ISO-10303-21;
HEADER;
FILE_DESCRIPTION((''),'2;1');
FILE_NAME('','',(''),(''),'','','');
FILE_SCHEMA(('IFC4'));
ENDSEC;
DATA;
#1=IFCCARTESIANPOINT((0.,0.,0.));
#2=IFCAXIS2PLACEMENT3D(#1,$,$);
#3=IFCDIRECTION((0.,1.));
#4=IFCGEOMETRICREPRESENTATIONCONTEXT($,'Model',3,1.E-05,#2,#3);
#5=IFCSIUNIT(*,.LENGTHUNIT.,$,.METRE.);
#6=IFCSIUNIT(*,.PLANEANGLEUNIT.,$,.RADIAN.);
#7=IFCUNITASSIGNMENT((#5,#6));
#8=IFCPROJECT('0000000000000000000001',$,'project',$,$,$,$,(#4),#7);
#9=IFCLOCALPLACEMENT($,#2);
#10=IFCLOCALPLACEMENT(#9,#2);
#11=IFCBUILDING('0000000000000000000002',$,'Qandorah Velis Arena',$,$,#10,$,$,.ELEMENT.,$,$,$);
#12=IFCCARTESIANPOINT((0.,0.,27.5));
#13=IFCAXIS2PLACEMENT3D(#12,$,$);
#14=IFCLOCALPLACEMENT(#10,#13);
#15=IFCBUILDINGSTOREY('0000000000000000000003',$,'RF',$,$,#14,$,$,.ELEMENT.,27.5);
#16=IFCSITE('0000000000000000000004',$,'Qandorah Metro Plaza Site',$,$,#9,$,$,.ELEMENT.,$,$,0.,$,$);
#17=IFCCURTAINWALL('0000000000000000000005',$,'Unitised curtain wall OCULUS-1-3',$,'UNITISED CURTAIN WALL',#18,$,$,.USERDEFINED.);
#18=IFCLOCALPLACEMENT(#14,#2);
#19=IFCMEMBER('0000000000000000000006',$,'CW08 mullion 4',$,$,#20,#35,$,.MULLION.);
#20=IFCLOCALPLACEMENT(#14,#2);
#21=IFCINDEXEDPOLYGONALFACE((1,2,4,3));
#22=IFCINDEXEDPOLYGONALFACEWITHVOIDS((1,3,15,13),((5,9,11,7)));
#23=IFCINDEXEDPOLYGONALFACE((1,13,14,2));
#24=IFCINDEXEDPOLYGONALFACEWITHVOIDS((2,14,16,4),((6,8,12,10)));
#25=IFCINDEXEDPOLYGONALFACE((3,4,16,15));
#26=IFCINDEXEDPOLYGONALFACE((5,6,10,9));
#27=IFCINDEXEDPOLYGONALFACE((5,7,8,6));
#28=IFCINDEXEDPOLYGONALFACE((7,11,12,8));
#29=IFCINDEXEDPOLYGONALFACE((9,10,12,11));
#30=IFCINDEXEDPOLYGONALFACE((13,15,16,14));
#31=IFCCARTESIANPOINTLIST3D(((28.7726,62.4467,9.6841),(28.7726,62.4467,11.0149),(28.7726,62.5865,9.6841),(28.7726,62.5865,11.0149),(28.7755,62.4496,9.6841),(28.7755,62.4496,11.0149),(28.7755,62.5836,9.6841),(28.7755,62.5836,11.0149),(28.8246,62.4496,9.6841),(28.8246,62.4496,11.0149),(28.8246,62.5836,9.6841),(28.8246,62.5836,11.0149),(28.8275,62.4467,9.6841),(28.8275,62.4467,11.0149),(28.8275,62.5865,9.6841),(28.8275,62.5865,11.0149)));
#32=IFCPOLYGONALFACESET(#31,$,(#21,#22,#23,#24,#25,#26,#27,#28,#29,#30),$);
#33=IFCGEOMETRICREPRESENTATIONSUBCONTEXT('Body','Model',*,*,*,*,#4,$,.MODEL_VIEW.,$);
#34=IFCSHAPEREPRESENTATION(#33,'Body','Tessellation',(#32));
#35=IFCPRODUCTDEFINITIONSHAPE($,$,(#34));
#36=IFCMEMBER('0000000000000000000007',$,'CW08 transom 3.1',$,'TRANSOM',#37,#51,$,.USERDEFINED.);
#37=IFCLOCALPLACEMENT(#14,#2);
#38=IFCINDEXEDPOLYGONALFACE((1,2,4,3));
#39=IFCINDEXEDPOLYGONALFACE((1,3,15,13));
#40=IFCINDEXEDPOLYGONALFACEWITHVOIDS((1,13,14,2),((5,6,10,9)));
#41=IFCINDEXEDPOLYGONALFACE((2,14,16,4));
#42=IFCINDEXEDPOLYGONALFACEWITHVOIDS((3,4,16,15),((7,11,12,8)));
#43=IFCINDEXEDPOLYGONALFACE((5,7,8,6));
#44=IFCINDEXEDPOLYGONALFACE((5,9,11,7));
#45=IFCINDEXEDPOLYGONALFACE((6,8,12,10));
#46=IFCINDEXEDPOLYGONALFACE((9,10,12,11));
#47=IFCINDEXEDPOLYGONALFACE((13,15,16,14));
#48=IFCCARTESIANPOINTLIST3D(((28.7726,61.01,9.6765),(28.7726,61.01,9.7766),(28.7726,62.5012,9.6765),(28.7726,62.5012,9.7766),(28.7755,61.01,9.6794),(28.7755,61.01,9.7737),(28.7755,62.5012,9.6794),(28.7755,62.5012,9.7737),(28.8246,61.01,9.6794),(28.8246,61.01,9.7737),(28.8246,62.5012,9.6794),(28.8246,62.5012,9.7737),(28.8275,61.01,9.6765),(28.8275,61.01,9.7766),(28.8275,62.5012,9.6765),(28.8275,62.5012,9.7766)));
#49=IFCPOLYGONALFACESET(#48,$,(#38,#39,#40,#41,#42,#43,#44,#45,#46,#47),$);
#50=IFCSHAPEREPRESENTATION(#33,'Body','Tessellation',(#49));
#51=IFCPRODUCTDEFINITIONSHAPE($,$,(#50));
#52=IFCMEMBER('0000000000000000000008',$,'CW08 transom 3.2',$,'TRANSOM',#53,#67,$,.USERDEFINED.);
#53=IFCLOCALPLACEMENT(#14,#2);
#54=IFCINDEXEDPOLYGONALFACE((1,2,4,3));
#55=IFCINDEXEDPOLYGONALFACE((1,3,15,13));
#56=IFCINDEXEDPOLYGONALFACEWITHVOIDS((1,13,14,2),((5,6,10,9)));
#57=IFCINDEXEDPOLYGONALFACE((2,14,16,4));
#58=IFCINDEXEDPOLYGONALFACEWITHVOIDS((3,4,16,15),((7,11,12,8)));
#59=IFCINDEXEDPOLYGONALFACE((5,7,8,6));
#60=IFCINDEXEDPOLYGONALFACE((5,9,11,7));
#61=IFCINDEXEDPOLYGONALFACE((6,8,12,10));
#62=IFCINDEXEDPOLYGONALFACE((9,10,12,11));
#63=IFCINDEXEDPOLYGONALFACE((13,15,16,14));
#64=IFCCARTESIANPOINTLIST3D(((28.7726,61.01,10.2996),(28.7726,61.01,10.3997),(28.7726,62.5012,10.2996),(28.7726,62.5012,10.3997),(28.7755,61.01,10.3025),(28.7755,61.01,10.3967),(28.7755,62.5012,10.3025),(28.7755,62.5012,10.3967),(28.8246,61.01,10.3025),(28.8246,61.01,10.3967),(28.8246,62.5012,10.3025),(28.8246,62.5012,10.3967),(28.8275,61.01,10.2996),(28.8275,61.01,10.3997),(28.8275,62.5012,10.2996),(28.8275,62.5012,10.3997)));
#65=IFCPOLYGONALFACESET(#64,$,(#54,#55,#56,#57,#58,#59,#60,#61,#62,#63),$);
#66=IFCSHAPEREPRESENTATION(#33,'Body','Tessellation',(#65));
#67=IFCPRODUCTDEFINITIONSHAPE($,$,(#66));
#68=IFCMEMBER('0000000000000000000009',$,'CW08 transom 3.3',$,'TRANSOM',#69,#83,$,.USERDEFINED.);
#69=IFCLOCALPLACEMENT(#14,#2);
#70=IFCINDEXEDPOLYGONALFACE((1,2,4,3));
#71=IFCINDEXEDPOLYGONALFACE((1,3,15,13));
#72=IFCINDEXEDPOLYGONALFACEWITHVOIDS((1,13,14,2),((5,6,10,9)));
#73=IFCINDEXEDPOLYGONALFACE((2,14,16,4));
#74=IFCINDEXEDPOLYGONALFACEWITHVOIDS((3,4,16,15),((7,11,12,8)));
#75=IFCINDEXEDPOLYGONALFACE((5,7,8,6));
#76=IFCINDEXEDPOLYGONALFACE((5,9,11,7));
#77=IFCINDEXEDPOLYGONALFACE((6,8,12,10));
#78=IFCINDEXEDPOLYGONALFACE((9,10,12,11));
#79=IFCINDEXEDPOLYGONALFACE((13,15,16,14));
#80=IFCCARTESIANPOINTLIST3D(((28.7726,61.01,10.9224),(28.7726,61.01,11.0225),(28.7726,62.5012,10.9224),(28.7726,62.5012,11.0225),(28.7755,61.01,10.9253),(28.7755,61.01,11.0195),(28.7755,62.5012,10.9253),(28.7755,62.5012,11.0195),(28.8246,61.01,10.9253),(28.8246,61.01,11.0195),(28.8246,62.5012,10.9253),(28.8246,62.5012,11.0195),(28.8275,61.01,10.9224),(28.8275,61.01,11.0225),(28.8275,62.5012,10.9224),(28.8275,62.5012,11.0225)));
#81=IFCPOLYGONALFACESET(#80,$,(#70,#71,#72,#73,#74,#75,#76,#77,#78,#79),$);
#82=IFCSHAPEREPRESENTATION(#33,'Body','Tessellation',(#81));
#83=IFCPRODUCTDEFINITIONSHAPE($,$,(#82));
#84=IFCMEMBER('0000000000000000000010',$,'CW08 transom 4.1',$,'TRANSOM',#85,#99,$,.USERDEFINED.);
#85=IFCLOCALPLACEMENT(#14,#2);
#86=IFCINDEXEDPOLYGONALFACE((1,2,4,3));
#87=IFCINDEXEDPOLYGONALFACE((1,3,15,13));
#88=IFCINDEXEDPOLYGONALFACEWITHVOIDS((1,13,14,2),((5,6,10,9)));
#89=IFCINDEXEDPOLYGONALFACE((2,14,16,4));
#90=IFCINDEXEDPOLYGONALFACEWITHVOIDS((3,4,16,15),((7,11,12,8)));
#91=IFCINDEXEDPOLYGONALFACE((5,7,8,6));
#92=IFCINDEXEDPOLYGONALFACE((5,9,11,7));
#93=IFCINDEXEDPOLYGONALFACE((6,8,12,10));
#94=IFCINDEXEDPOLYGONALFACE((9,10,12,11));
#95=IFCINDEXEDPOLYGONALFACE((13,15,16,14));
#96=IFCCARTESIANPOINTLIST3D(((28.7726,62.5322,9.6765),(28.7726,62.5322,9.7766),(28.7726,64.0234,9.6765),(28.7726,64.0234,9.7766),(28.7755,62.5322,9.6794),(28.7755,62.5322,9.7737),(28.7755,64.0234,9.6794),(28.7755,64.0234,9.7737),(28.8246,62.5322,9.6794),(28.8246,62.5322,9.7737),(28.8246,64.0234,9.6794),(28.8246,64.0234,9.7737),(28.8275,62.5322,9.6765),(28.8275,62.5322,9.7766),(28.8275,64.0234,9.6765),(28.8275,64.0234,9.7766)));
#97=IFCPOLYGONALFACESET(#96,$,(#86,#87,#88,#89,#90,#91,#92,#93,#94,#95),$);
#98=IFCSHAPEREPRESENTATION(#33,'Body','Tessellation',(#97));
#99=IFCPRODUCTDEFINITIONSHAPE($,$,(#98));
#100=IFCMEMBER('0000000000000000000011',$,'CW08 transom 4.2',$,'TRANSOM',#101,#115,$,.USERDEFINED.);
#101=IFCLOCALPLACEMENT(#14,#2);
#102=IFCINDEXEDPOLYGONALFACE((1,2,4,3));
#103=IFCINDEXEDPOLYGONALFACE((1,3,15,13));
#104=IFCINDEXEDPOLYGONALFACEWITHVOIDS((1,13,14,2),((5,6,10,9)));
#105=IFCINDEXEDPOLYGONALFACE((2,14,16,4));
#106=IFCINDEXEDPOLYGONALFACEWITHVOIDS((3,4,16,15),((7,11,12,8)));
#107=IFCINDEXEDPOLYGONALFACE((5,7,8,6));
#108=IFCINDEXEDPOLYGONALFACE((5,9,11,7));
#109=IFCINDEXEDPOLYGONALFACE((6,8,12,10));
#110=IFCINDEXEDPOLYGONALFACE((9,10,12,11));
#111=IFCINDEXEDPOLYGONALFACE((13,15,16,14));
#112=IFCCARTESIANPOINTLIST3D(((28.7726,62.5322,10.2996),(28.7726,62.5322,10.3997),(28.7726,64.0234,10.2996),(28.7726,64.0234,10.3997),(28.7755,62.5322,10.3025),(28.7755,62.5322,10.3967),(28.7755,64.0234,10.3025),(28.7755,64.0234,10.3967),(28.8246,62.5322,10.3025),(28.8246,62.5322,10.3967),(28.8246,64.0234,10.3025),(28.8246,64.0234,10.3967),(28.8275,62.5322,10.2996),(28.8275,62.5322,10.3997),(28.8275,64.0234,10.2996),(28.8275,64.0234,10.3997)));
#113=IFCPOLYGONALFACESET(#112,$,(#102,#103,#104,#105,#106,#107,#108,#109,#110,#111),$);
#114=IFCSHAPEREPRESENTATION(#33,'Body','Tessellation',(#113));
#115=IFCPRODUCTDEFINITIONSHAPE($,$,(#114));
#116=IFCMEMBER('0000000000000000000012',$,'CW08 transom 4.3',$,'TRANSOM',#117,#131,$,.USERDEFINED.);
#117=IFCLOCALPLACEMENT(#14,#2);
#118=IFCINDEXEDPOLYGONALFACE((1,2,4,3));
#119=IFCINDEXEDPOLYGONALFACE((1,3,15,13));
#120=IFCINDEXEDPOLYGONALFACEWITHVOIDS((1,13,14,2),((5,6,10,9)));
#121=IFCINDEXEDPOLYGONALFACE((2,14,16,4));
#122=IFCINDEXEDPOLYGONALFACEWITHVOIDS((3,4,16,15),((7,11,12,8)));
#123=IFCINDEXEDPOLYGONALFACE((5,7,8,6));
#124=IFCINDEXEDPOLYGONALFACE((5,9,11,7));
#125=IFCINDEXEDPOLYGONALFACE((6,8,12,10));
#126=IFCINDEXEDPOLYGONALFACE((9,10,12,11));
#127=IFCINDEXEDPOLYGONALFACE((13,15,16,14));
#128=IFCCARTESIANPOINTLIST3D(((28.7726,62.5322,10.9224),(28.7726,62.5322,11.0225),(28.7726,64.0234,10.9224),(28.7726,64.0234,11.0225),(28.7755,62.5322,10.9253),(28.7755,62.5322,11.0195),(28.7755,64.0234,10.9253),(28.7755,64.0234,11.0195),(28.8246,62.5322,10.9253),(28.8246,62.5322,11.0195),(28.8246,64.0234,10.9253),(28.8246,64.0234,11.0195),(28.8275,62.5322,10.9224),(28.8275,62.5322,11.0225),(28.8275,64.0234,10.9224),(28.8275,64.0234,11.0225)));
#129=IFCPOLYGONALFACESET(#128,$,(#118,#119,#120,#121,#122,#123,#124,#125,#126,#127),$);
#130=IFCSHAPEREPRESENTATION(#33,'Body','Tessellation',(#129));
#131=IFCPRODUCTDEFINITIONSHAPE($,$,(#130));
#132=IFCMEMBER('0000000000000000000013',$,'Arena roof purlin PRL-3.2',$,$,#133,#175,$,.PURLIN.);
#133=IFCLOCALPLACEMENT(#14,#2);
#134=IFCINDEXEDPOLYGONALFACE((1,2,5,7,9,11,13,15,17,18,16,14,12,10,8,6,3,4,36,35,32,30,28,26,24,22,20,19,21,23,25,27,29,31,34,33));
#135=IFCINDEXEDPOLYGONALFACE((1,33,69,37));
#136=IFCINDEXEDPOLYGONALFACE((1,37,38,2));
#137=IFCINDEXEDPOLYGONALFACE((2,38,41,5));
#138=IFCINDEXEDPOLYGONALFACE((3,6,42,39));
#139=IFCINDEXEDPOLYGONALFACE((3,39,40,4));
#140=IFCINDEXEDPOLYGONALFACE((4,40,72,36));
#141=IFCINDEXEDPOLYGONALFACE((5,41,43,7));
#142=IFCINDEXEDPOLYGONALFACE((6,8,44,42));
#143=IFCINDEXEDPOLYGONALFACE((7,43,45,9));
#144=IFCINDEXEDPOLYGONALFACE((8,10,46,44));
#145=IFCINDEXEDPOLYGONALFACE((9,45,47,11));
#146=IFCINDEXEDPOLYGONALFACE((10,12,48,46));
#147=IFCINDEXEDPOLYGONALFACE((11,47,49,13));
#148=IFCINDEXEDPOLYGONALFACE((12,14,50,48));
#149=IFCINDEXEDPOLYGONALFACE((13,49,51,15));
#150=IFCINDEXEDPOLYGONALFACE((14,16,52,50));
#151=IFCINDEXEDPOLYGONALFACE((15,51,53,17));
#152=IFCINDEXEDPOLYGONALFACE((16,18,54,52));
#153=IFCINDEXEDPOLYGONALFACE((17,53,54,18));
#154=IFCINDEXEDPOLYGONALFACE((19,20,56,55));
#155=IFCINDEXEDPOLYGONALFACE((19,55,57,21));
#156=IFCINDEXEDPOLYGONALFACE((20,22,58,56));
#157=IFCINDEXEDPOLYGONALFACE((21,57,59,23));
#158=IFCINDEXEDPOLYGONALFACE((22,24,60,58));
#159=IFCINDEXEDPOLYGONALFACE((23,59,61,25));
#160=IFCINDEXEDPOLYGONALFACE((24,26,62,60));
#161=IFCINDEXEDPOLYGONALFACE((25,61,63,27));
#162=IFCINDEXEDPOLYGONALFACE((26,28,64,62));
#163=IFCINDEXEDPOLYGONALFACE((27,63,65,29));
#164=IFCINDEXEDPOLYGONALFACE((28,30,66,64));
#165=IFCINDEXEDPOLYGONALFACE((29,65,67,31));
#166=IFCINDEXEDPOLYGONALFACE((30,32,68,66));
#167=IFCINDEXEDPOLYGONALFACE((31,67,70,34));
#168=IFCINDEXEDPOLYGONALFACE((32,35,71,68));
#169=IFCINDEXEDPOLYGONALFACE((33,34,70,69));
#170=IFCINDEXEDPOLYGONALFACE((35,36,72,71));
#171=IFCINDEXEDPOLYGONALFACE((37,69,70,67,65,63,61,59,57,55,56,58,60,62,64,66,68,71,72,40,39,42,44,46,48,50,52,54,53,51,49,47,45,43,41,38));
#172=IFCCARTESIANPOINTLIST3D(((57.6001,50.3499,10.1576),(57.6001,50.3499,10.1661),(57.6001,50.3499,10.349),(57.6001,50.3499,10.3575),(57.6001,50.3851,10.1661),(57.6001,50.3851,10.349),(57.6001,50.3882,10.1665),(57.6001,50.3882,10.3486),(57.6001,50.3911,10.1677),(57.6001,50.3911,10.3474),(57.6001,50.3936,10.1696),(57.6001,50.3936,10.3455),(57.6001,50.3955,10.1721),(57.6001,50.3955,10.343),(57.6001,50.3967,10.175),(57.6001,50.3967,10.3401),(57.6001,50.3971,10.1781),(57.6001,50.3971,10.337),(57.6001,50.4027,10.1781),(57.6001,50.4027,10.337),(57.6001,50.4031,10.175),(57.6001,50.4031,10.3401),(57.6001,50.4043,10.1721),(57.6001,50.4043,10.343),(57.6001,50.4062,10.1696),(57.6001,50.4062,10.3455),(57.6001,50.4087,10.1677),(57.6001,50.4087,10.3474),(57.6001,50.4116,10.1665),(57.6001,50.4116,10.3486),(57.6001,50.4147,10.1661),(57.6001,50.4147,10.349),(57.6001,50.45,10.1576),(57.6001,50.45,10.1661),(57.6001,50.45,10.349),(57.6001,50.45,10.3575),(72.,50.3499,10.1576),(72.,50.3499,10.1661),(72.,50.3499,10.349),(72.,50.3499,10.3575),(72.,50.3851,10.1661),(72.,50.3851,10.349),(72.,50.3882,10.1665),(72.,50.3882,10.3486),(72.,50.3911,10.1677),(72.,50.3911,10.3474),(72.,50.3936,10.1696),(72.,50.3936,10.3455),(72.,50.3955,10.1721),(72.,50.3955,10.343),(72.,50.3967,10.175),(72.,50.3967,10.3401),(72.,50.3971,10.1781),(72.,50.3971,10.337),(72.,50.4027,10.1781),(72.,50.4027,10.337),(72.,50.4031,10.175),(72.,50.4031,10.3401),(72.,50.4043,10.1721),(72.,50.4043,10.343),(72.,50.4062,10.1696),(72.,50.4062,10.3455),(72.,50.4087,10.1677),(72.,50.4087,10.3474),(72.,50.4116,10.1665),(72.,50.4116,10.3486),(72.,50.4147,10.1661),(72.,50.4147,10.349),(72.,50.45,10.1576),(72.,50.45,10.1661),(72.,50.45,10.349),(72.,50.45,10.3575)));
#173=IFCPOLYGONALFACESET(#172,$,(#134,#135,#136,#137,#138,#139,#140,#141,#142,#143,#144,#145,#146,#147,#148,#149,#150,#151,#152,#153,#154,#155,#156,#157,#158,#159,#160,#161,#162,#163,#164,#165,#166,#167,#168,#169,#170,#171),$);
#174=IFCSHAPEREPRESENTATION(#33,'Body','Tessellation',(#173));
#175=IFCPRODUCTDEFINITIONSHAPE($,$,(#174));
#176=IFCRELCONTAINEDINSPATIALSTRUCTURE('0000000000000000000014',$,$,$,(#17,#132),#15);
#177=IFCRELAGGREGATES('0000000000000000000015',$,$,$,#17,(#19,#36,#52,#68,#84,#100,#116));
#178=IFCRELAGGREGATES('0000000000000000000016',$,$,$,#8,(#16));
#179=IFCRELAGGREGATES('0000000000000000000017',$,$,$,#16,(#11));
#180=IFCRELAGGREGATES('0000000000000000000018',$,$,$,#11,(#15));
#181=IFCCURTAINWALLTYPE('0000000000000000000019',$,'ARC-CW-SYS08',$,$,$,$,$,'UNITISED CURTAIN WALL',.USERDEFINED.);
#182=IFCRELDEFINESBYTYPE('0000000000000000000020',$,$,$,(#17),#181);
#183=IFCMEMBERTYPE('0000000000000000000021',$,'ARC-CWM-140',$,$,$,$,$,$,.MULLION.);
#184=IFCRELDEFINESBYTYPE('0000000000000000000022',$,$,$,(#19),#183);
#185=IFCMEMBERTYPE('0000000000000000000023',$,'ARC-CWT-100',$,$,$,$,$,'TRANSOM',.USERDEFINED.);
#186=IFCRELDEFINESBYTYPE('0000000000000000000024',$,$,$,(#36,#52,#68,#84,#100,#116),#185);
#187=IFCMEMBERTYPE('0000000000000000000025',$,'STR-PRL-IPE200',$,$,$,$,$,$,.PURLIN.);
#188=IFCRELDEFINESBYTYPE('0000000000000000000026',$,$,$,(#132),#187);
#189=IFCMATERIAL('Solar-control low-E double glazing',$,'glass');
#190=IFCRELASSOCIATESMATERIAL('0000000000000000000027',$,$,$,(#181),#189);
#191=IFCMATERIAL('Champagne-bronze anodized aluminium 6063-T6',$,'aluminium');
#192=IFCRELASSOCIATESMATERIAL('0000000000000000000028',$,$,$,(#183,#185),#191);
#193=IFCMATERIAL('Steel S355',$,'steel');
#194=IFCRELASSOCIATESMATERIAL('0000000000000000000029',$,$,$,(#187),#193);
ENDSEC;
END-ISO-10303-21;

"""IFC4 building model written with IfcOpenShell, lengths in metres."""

from ifc_helpers import new_model, si_unit, direction, frame, origin, origin_2d, place, context, subcontext, project, spatial, hollow_rectangle, i_section, extrude, material, material_profile, profile_set, type_object, element, aggregate, save


model = new_model("IFC4")

# Units and contexts
model_context = context("Model", 3, precision=1e-05, world=origin(), true_north=direction((0.0, 1.0)))
body_context = subcontext(model_context, "Body", "Model", "MODEL_VIEW")
ifc_project = project(units=[si_unit("LENGTHUNIT", "METRE"), si_unit("PLANEANGLEUNIT", "RADIAN")], contexts=[model_context])

# Site, building, storey
site_placement = place(None, origin())
site = spatial("IfcSite", under=ifc_project, at=site_placement, Name="Qandorah Metro Plaza Site", CompositionType="ELEMENT", RefElevation=0.0)
building_placement = place(site_placement, origin())
building = spatial("IfcBuilding", under=site, at=building_placement, Name="Qandorah Velis Arena", CompositionType="ELEMENT")
storey_placement = place(building_placement, frame((0.0, 0.0, 27.5)))
storey = spatial("IfcBuildingStorey", under=building, at=storey_placement, Name="RF", CompositionType="ELEMENT", Elevation=27.5)

# Curtain wall, members
ifc_material_1 = material(Name="Solar-control low-E double glazing", Category="glass")
curtain_wall_type = type_object("IfcCurtainWallType", Name="ARC-CW-SYS08", ElementType="UNITISED CURTAIN WALL", PredefinedType="USERDEFINED", material=ifc_material_1)
curtain_wall_placement = place(storey_placement, origin())
curtain_wall = element("IfcCurtainWall", 1, at=curtain_wall_placement, inside=storey, type_object=curtain_wall_type, Name="Unitised curtain wall OCULUS-1-3", ObjectType="UNITISED CURTAIN WALL", PredefinedType="USERDEFINED")
ifc_material_2 = material(Name="Champagne-bronze anodized aluminium 6063-T6", Category="aluminium")
ifc_material_profile_1 = material_profile(ifc_material_2, hollow_rectangle(XDim=0.0549, YDim=0.1399, WallThickness=0.0029, at=origin_2d()), Name="ALU MULLION 55x140")
ifc_profile_set_1 = profile_set([ifc_material_profile_1], Name="Champagne-bronze anodized aluminium 6063-T6")
member_type_1 = type_object("IfcMemberType", Name="ARC-CWM-140", PredefinedType="MULLION", material=ifc_profile_set_1)
member_1_placement = place(storey_placement, frame((28.8, 62.5166, 9.6841), z_axis=(0.0, 0.0, 1.0), x_axis=(-1.0, 0.0, 0.0)))
member_1 = element("IfcMember", 2, at=member_1_placement, type_object=member_type_1, Name="CW08 mullion 4", PredefinedType="MULLION", context=body_context, shape_type="SweptSolid", body=[
    extrude(hollow_rectangle(XDim=0.0549, YDim=0.1399, WallThickness=0.0029, at=origin_2d()), origin(), (0.0, 0.0, 1.0), 1.3308),
])
ifc_material_profile_2 = material_profile(ifc_material_2, hollow_rectangle(XDim=0.0549, YDim=0.1001, WallThickness=0.0029, at=origin_2d()), Name="ALU TRANSOM 55x100")
ifc_profile_set_2 = profile_set([ifc_material_profile_2], Name="Champagne-bronze anodized aluminium 6063-T6")
member_type_2 = type_object("IfcMemberType", Name="ARC-CWT-100", ElementType="TRANSOM", PredefinedType="USERDEFINED", material=ifc_profile_set_2)
member_2_placement = place(storey_placement, frame((28.8, 61.01, 9.7266), z_axis=(0.0, 1.0, 0.0), x_axis=(-1.0, 0.0, 0.0)))
member_2 = element("IfcMember", 3, at=member_2_placement, type_object=member_type_2, Name="CW08 transom 3.1", ObjectType="TRANSOM", PredefinedType="USERDEFINED", context=body_context, shape_type="SweptSolid", body=[
    extrude(hollow_rectangle(XDim=0.0549, YDim=0.1001, WallThickness=0.0029, at=origin_2d()), origin(), (0.0, 0.0, 1.0), 1.4912),
])
member_3_placement = place(storey_placement, frame((28.8, 61.01, 10.3496), z_axis=(0.0, 1.0, 0.0), x_axis=(-1.0, 0.0, 0.0)))
member_3 = element("IfcMember", 4, at=member_3_placement, type_object=member_type_2, Name="CW08 transom 3.2", ObjectType="TRANSOM", PredefinedType="USERDEFINED", context=body_context, shape_type="SweptSolid", body=[
    extrude(hollow_rectangle(XDim=0.0549, YDim=0.1001, WallThickness=0.0029, at=origin_2d()), origin(), (0.0, 0.0, 1.0), 1.4912),
])
member_4_placement = place(storey_placement, frame((28.8, 61.01, 10.9724), z_axis=(0.0, 1.0, 0.0), x_axis=(-1.0, 0.0, 0.0)))
member_4 = element("IfcMember", 5, at=member_4_placement, type_object=member_type_2, Name="CW08 transom 3.3", ObjectType="TRANSOM", PredefinedType="USERDEFINED", context=body_context, shape_type="SweptSolid", body=[
    extrude(hollow_rectangle(XDim=0.0549, YDim=0.1001, WallThickness=0.0029, at=origin_2d()), origin(), (0.0, 0.0, 1.0), 1.4912),
])
member_5_placement = place(storey_placement, frame((28.8, 62.5322, 9.7266), z_axis=(0.0, 1.0, 0.0), x_axis=(-1.0, 0.0, 0.0)))
member_5 = element("IfcMember", 6, at=member_5_placement, type_object=member_type_2, Name="CW08 transom 4.1", ObjectType="TRANSOM", PredefinedType="USERDEFINED", context=body_context, shape_type="SweptSolid", body=[
    extrude(hollow_rectangle(XDim=0.0549, YDim=0.1001, WallThickness=0.0029, at=origin_2d()), origin(), (0.0, 0.0, 1.0), 1.4912),
])
member_6_placement = place(storey_placement, frame((28.8, 62.5322, 10.3496), z_axis=(0.0, 1.0, 0.0), x_axis=(-1.0, 0.0, 0.0)))
member_6 = element("IfcMember", 7, at=member_6_placement, type_object=member_type_2, Name="CW08 transom 4.2", ObjectType="TRANSOM", PredefinedType="USERDEFINED", context=body_context, shape_type="SweptSolid", body=[
    extrude(hollow_rectangle(XDim=0.0549, YDim=0.1001, WallThickness=0.0029, at=origin_2d()), origin(), (0.0, 0.0, 1.0), 1.4912),
])
member_7_placement = place(storey_placement, frame((28.8, 62.5322, 10.9724), z_axis=(0.0, 1.0, 0.0), x_axis=(-1.0, 0.0, 0.0)))
member_7 = element("IfcMember", 8, at=member_7_placement, type_object=member_type_2, Name="CW08 transom 4.3", ObjectType="TRANSOM", PredefinedType="USERDEFINED", context=body_context, shape_type="SweptSolid", body=[
    extrude(hollow_rectangle(XDim=0.0549, YDim=0.1001, WallThickness=0.0029, at=origin_2d()), origin(), (0.0, 0.0, 1.0), 1.4912),
])

# Member
ifc_material_3 = material(Name="Steel S355", Category="steel")
ifc_material_profile_3 = material_profile(ifc_material_3, i_section(OverallWidth=0.1001, OverallDepth=0.2, WebThickness=0.0056, FlangeThickness=0.0085, FilletRadius=0.012, at=origin_2d()), Name="IPE 200")
ifc_profile_set_3 = profile_set([ifc_material_profile_3], Name="Steel S355")
member_type_3 = type_object("IfcMemberType", Name="STR-PRL-IPE200", PredefinedType="PURLIN", material=ifc_profile_set_3)
member_8_placement = place(storey_placement, frame((57.6001, 50.3999, 10.2576), z_axis=(1.0, 0.0, 0.0), x_axis=(0.0, 1.0, 0.0)))
element("IfcMember", 9, at=member_8_placement, inside=storey, type_object=member_type_3, Name="Arena roof purlin PRL-3.2", PredefinedType="PURLIN", context=body_context, shape_type="SweptSolid", body=[
    extrude(i_section(OverallWidth=0.1001, OverallDepth=0.2, WebThickness=0.0056, FlangeThickness=0.0085, FilletRadius=0.012, at=origin_2d()), origin(), (0.0, 0.0, 1.0), 14.3999),
])

aggregate(curtain_wall, [member_1, member_2, member_3, member_4, member_5, member_6, member_7])

save(model, "model.ifc")
